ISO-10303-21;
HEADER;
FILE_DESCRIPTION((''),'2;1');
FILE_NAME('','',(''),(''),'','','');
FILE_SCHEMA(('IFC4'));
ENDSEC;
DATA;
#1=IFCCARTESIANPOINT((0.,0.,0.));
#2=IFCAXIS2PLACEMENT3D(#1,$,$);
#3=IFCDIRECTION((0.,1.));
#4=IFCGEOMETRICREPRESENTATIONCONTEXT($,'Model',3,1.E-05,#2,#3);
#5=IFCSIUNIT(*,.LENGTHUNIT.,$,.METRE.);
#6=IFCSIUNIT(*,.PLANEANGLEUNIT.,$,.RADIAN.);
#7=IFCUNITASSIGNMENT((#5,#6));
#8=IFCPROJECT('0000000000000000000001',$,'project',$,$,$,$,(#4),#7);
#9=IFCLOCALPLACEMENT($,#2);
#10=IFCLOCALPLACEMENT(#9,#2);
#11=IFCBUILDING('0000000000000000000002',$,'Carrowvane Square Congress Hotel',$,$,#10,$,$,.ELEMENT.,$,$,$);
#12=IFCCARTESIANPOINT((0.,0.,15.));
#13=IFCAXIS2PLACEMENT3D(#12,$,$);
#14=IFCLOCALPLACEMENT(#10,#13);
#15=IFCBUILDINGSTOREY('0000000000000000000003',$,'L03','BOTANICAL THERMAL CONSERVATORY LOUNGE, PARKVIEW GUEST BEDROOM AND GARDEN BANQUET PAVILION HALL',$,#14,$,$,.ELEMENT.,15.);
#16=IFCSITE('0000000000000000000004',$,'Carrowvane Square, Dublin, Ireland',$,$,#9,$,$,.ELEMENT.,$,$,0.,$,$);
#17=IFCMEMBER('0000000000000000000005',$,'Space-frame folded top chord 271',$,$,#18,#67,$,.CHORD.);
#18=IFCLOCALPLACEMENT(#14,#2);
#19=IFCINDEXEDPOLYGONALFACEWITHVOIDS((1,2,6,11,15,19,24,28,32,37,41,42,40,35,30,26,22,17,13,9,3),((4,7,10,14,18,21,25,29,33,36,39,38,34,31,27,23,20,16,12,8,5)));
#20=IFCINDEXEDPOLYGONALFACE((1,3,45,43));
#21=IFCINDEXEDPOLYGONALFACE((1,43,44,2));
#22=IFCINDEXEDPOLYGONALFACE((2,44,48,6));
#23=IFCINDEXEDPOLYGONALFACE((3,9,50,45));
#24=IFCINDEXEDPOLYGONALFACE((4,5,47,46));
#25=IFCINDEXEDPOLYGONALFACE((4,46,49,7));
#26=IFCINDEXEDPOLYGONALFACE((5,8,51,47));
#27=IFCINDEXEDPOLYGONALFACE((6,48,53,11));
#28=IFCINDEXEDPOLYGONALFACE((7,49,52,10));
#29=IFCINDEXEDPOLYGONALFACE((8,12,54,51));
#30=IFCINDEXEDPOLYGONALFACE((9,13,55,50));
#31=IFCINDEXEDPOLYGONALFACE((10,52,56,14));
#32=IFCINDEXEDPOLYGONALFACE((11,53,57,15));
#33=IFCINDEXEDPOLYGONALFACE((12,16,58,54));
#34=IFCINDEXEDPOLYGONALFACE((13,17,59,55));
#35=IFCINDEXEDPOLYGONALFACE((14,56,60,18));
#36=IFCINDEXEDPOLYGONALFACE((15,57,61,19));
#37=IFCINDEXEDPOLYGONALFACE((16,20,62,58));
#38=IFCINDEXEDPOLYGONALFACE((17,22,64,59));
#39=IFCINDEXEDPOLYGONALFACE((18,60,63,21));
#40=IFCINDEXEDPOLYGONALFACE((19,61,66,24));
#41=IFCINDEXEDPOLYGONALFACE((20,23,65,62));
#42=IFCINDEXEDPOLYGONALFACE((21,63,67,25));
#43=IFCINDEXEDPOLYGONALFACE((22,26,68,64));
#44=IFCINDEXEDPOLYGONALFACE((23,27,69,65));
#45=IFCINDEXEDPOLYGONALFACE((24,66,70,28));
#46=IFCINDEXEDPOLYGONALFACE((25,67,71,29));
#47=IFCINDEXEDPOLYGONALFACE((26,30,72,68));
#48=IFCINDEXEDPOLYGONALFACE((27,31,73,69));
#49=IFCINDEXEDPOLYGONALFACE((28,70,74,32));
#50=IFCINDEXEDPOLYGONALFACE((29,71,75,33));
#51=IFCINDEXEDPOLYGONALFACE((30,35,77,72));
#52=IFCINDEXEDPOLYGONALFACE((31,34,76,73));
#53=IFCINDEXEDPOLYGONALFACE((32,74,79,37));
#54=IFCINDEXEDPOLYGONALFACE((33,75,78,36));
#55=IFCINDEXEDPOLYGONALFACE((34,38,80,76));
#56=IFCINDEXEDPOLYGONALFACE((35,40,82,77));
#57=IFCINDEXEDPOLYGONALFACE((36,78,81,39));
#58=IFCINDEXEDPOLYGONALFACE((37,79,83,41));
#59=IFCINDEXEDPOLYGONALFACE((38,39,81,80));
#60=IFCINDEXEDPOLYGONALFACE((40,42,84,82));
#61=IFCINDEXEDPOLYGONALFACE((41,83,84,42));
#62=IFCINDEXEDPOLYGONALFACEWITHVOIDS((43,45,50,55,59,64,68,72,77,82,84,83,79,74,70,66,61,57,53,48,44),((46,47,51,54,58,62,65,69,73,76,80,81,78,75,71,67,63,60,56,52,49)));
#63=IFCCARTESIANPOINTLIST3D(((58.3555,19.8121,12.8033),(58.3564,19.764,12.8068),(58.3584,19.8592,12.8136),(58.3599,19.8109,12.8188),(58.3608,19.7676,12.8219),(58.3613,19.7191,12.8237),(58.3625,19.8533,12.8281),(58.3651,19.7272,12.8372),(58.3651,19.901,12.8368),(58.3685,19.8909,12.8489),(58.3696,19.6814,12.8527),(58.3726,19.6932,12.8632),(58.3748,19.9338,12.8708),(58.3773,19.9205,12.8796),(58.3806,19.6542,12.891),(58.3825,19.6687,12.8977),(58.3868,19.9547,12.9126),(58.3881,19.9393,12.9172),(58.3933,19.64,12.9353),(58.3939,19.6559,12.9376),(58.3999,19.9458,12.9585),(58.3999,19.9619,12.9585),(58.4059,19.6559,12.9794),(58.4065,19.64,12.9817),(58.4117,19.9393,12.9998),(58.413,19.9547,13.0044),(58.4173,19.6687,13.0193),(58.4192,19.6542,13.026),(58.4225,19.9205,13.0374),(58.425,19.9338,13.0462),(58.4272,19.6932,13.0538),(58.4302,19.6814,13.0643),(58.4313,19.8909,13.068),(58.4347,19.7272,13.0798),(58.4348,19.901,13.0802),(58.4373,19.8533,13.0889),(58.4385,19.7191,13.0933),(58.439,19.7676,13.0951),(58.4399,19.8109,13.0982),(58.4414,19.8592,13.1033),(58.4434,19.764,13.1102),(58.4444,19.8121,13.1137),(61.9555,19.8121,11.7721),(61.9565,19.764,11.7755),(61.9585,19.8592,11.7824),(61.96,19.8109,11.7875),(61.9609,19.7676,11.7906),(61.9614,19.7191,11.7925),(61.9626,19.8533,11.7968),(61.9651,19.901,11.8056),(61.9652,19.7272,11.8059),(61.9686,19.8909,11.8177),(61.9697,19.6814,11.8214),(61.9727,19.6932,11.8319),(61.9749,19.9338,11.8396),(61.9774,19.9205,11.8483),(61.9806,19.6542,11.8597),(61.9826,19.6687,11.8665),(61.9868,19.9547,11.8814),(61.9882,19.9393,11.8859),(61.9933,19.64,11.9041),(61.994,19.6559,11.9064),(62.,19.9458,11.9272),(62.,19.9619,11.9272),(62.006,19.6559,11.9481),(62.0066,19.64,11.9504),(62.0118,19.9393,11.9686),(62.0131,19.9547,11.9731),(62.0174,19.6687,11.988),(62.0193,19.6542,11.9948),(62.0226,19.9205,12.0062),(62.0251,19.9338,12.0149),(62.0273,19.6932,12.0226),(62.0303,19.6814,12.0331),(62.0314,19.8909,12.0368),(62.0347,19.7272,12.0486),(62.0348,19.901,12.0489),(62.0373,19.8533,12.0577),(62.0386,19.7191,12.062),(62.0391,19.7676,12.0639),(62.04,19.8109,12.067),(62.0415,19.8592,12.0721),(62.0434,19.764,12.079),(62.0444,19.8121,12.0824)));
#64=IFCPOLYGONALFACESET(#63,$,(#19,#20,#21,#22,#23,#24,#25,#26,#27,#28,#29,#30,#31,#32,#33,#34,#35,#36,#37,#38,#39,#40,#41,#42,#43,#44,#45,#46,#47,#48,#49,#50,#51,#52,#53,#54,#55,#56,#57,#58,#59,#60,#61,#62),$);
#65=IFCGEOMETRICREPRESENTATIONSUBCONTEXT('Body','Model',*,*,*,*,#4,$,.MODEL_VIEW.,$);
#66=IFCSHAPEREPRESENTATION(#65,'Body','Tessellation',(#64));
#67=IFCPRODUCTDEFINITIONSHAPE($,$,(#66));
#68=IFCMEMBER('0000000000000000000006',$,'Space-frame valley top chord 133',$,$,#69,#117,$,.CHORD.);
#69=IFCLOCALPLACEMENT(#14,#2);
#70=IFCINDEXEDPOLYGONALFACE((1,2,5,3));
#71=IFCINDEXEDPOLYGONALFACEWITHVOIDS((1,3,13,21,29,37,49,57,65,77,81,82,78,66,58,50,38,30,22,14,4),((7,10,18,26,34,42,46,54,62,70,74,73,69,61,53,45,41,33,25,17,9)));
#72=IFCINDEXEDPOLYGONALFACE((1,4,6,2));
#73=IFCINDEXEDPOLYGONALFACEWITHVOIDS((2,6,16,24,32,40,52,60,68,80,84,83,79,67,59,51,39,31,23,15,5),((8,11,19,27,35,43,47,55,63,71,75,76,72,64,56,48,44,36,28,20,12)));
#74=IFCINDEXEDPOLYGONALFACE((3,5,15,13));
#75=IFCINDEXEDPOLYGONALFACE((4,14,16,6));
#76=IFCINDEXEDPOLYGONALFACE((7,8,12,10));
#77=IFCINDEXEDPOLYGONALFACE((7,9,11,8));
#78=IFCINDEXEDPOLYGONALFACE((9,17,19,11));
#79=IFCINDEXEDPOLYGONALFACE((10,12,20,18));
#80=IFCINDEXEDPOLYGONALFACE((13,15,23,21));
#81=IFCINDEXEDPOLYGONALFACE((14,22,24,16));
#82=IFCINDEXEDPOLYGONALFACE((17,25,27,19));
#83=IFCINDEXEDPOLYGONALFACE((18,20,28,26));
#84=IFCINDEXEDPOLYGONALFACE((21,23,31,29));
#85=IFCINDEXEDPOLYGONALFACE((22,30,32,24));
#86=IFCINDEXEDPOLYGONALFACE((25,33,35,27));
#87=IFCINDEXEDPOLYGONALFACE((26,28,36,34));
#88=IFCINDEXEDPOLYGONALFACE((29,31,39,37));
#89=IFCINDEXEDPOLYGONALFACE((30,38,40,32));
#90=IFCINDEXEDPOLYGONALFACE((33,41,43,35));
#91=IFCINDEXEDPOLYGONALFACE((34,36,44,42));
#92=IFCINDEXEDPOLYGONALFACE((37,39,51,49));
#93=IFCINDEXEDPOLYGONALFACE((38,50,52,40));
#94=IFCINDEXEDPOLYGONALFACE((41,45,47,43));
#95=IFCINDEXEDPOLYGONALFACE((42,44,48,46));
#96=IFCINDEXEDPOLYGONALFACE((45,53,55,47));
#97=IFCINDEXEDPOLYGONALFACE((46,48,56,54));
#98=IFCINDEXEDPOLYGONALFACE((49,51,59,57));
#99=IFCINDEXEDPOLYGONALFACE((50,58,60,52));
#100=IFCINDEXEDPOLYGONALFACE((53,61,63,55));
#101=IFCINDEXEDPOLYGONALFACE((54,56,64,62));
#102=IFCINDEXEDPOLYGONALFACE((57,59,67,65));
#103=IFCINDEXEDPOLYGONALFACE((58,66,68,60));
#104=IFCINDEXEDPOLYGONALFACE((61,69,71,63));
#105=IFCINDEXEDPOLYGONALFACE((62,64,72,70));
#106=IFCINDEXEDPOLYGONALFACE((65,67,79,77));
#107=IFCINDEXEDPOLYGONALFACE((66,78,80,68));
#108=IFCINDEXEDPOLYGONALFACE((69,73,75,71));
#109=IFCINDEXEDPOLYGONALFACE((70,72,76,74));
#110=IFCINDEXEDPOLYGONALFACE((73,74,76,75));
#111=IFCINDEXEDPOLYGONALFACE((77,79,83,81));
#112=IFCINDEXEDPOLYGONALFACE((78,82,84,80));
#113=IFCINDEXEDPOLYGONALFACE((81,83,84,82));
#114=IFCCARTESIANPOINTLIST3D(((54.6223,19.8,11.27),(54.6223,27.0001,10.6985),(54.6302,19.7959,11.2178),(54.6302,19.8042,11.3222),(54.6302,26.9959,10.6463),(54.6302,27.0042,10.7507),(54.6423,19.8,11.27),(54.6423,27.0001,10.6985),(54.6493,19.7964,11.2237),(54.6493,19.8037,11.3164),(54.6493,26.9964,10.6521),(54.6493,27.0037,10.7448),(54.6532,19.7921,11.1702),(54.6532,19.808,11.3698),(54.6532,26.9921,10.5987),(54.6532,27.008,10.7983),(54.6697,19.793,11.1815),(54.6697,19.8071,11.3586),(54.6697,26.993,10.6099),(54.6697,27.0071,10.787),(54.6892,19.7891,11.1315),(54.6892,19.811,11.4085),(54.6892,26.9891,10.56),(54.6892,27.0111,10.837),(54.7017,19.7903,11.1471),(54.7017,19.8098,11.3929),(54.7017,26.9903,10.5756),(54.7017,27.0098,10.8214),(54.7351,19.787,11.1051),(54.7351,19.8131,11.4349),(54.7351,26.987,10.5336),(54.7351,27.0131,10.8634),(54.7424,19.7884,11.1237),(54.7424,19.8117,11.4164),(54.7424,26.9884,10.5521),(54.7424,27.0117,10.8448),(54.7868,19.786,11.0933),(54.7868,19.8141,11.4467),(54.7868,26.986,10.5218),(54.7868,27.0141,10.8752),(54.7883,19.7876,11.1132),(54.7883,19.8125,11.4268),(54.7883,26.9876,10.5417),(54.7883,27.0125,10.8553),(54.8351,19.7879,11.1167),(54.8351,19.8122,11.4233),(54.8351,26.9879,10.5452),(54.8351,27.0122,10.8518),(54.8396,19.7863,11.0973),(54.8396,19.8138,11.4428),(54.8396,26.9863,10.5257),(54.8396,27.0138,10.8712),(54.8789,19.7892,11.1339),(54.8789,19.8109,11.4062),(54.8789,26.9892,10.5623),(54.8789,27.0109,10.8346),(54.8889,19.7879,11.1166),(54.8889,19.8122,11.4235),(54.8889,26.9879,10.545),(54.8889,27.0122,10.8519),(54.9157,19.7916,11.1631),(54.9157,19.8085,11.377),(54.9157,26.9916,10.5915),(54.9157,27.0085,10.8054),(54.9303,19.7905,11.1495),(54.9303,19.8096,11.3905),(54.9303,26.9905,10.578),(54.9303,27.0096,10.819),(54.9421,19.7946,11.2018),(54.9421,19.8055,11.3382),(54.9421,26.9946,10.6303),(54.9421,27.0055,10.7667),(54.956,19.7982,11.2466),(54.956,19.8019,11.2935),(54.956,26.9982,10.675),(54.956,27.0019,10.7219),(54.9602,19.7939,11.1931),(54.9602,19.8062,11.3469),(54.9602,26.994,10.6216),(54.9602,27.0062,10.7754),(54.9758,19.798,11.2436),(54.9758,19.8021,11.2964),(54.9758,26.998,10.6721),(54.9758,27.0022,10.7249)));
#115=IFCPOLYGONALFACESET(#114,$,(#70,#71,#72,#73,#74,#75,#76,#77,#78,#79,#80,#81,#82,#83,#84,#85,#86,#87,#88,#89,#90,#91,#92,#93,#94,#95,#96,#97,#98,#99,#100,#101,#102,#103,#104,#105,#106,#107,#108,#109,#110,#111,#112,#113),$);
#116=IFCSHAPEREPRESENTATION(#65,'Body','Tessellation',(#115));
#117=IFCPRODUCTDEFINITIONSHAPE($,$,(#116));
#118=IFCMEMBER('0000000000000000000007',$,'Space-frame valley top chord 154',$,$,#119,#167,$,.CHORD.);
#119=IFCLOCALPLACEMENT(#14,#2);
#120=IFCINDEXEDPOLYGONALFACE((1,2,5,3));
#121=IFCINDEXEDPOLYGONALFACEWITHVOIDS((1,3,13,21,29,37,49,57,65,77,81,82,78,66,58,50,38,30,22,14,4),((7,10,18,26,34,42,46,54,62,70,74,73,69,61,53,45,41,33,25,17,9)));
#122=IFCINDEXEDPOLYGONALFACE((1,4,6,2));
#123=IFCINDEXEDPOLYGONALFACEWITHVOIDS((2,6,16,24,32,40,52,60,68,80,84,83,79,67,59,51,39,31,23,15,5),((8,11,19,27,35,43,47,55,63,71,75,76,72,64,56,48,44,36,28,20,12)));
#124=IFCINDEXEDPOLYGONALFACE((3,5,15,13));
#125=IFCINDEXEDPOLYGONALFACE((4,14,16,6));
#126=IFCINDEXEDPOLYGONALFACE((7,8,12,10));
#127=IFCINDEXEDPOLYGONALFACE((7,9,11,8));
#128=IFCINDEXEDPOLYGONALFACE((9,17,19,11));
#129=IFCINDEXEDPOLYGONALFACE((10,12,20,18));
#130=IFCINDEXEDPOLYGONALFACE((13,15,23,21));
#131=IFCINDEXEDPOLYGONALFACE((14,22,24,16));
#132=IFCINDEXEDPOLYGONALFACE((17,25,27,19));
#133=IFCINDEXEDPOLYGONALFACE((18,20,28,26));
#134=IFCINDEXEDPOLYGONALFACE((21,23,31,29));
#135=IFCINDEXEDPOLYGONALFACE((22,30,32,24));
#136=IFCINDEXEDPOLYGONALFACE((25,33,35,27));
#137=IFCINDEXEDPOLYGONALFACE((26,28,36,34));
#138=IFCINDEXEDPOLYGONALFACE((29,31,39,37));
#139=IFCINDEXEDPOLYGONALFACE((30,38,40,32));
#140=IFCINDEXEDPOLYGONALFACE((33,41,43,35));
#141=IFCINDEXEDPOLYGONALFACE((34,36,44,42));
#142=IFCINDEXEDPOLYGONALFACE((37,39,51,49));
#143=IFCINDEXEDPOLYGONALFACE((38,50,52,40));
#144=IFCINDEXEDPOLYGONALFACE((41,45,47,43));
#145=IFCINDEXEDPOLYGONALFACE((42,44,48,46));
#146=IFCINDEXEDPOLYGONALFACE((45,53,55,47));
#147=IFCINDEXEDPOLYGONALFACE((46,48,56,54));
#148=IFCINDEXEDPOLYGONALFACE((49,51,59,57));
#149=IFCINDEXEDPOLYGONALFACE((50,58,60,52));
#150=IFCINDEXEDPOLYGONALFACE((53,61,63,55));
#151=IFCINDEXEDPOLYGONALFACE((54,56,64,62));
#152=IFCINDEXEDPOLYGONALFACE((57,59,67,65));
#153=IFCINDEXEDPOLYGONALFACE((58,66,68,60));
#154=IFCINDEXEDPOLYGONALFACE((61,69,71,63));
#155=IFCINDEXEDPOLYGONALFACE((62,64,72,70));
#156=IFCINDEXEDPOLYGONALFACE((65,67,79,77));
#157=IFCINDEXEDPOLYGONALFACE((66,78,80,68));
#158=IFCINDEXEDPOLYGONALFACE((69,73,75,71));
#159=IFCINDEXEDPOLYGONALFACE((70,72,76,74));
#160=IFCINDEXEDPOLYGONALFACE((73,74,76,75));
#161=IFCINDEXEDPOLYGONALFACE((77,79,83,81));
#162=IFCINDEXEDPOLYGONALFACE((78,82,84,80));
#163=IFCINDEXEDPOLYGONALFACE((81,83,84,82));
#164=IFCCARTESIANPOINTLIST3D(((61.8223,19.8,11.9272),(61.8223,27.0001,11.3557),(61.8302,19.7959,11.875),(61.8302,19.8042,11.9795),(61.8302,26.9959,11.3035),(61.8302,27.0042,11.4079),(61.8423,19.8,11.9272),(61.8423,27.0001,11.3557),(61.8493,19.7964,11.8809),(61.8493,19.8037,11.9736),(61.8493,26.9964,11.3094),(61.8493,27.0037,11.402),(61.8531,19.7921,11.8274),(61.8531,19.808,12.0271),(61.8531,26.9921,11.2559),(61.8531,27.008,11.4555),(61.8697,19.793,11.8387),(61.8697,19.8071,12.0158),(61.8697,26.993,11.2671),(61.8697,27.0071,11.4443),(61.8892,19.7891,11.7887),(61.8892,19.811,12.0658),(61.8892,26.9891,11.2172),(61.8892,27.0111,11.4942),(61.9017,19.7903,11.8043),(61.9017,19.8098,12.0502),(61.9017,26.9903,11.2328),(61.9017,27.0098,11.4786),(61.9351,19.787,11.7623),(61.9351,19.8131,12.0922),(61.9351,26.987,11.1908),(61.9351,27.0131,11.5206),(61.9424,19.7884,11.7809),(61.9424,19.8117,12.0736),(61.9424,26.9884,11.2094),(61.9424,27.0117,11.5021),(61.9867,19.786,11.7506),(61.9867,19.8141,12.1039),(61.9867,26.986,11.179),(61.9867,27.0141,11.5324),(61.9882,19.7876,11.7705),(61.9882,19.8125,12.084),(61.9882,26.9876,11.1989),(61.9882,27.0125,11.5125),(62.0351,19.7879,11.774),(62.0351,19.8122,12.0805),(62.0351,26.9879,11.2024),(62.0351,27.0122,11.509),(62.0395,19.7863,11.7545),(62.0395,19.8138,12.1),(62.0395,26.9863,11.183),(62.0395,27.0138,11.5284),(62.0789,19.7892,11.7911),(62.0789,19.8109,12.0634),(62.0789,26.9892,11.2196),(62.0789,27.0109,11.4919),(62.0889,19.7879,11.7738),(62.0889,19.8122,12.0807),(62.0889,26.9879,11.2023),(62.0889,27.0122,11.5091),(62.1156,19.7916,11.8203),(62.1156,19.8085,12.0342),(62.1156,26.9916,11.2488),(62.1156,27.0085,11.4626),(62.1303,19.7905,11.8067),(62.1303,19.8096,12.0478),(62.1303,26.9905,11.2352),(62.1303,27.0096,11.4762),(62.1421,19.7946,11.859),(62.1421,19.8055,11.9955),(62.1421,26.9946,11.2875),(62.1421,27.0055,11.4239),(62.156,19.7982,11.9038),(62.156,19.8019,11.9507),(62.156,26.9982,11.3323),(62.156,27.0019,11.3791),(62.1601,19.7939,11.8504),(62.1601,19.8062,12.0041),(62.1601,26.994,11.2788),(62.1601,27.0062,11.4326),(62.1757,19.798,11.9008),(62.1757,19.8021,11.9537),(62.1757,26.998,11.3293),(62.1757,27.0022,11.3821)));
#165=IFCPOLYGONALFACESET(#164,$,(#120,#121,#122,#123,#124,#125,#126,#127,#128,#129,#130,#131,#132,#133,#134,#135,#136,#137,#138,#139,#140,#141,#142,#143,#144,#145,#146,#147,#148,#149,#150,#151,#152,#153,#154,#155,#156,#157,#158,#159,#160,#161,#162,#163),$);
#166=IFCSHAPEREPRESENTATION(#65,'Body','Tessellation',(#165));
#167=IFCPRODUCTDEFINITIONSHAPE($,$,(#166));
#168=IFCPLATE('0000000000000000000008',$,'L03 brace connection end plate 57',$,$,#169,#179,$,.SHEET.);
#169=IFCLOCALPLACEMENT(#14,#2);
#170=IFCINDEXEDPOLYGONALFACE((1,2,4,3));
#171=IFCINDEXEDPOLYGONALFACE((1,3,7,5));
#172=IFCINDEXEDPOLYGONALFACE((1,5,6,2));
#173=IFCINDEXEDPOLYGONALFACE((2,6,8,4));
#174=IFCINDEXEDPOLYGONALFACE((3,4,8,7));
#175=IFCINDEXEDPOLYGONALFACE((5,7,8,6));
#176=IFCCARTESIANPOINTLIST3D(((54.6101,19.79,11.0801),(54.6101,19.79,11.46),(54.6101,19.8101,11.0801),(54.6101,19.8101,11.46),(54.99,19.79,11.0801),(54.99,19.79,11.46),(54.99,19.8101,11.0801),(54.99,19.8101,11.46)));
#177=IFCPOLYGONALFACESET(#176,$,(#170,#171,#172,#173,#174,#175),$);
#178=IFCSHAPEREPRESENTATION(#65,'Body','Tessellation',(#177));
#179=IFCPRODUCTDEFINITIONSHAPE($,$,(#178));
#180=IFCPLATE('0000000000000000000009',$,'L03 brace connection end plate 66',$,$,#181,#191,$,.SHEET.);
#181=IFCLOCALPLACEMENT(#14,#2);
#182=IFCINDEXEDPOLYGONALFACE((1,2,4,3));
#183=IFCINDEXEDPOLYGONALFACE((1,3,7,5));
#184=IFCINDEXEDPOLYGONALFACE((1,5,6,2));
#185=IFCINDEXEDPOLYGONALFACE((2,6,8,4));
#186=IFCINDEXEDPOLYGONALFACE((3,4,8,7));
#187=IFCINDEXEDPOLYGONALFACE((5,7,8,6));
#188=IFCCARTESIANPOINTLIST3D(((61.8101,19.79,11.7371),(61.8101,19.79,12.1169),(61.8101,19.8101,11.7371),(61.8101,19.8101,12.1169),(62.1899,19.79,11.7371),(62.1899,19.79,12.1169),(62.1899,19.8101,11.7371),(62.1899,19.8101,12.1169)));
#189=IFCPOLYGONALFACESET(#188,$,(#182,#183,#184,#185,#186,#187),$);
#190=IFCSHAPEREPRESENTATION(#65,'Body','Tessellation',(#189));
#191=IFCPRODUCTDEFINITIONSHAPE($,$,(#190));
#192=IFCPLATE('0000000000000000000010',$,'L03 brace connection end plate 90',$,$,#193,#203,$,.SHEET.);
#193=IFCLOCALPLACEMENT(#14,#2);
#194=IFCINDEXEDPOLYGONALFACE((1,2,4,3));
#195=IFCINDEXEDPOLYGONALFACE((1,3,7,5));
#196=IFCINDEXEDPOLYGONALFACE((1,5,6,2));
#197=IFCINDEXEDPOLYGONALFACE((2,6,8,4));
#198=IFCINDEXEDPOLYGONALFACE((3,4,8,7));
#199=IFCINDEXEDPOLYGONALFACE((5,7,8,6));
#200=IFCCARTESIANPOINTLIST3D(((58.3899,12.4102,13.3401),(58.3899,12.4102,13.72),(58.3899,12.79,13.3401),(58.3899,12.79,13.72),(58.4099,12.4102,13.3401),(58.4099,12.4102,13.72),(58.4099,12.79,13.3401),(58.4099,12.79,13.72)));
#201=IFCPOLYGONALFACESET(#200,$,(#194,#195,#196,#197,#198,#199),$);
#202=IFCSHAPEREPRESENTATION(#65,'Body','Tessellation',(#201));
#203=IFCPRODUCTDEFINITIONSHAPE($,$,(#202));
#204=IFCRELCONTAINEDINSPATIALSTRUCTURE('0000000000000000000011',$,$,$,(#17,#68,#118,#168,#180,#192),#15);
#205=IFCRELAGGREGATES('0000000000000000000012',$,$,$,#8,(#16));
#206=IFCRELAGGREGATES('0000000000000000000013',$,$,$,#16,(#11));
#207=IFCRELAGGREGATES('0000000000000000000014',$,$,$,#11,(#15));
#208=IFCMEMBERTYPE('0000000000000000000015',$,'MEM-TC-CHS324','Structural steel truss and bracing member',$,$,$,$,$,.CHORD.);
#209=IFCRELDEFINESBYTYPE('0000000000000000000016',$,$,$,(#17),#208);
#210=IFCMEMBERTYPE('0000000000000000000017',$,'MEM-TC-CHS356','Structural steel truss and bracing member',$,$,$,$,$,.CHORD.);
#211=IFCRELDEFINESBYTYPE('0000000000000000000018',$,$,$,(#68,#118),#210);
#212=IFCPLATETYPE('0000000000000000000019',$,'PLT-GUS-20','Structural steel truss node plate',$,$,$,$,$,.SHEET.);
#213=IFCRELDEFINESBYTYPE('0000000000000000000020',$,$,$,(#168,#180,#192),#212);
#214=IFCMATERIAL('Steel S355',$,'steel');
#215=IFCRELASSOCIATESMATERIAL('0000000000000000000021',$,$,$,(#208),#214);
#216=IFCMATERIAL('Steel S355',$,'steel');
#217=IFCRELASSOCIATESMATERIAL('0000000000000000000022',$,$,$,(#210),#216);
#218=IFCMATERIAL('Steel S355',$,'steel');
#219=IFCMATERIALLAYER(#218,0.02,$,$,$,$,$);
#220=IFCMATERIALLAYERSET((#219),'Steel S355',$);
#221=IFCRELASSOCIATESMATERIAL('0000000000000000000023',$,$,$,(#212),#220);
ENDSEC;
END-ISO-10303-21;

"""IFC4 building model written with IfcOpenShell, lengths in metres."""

from ifc_helpers import new_model, si_unit, direction, frame, origin, origin_2d, place, context, subcontext, project, spatial, rectangle, hollow_circle, extrude, material, layer, layer_set, material_profile, profile_set, type_object, element, save


model = new_model("IFC4")

# Units and contexts
model_context = context("Model", 3, precision=1e-05, world=origin(), true_north=direction((0.0, 1.0)))
body_context = subcontext(model_context, "Body", "Model", "MODEL_VIEW")
ifc_project = project(units=[si_unit("LENGTHUNIT", "METRE"), si_unit("PLANEANGLEUNIT", "RADIAN")], contexts=[model_context])

# Site, building, storey
site_placement = place(None, origin())
site = spatial("IfcSite", under=ifc_project, at=site_placement, Name="Carrowvane Square, Dublin, Ireland", CompositionType="ELEMENT", RefElevation=0.0)
building_placement = place(site_placement, origin())
building = spatial("IfcBuilding", under=site, at=building_placement, Name="Carrowvane Square Congress Hotel", CompositionType="ELEMENT")
storey_placement = place(building_placement, frame((0.0, 0.0, 15.0)))
storey = spatial("IfcBuildingStorey", under=building, at=storey_placement, Name="L03", Description="BOTANICAL THERMAL CONSERVATORY LOUNGE, PARKVIEW GUEST BEDROOM AND GARDEN BANQUET PAVILION HALL", CompositionType="ELEMENT", Elevation=15.0)

# Members
ifc_material_1 = material(Name="Steel S355", Category="steel")
ifc_material_profile_1 = material_profile(ifc_material_1, hollow_circle(Radius=0.1619, WallThickness=0.0161, at=origin_2d()), Name="CHS 323.9x16")
ifc_profile_set_1 = profile_set([ifc_material_profile_1], Name="Steel S355")
member_type_1 = type_object("IfcMemberType", Name="MEM-TC-CHS324", Description="Structural steel truss and bracing member", PredefinedType="CHORD", material=ifc_profile_set_1)
member_1_placement = place(storey_placement, frame((58.3999, 19.8, 12.9585), z_axis=(0.961337, 0.0, -0.275375), x_axis=(0.0, 1.0, 0.0)))
element("IfcMember", 1, at=member_1_placement, inside=storey, type_object=member_type_1, Name="Space-frame folded top chord 271", PredefinedType="CHORD", context=body_context, shape_type="SweptSolid", body=[
    extrude(hollow_circle(Radius=0.1619, WallThickness=0.0161, at=origin_2d()), origin(), (0.0, 0.0, 1.0), 3.7449),
])
ifc_material_2 = material(Name="Steel S355", Category="steel")
ifc_material_profile_2 = material_profile(ifc_material_2, hollow_circle(Radius=0.1777, WallThickness=0.02, at=origin_2d()), Name="CHS 355.6x20")
ifc_profile_set_2 = profile_set([ifc_material_profile_2], Name="Steel S355")
member_type_2 = type_object("IfcMemberType", Name="MEM-TC-CHS356", Description="Structural steel truss and bracing member", PredefinedType="CHORD", material=ifc_profile_set_2)
for number, where, z_axis, x_axis, name in (
    (2, (54.8, 19.8, 11.27), (0.0, 0.996864, -0.079131), (-1.0, 0.0, 0.0), "Space-frame valley top chord 133"),
    (3, (62.0, 19.8, 11.9272), (0.0, 0.996864, -0.079131), (-1.0, 0.0, 0.0), "Space-frame valley top chord 154"),
):
    element("IfcMember", number, at=place(storey_placement, frame(where, z_axis=z_axis, x_axis=x_axis)), inside=storey, type_object=member_type_2, Name=name, PredefinedType="CHORD", context=body_context, shape_type="SweptSolid", body=[
        extrude(hollow_circle(Radius=0.1777, WallThickness=0.02, at=origin_2d()), origin(), (0.0, 0.0, 1.0), 7.2227),
    ])

# Plates
ifc_material_3 = material(Name="Steel S355", Category="steel")
ifc_layer_1 = layer(ifc_material_3, 0.02)
ifc_layer_set_1 = layer_set([ifc_layer_1], Name="Steel S355")
plate_type_1 = type_object("IfcPlateType", Name="PLT-GUS-20", Description="Structural steel truss node plate", PredefinedType="SHEET", material=ifc_layer_set_1)
for number, where, z_axis, x_axis, name in (
    (4, (54.8, 19.8, 11.0801), (0.0, 0.0, 1.0), (1.0, 0.0, 0.0), "L03 brace connection end plate 57"),
    (5, (62.0, 19.8, 11.7371), (0.0, 0.0, 1.0), (1.0, 0.0, 0.0), "L03 brace connection end plate 66"),
):
    element("IfcPlate", number, at=place(storey_placement, frame(where, z_axis=z_axis, x_axis=x_axis)), inside=storey, type_object=plate_type_1, Name=name, PredefinedType="SHEET", context=body_context, shape_type="SweptSolid", body=[
        extrude(rectangle(XDim=0.3799, YDim=0.02, at=origin_2d()), origin(), (0.0, 0.0, 1.0), 0.3799),
    ])
for number, where, z_axis, x_axis, name in (
    (6, (58.3999, 12.6001, 13.3401), (0.0, 0.0, 1.0), (1.0, 0.0, 0.0), "L03 brace connection end plate 90"),
):
    element("IfcPlate", number, at=place(storey_placement, frame(where, z_axis=z_axis, x_axis=x_axis)), inside=storey, type_object=plate_type_1, Name=name, PredefinedType="SHEET", context=body_context, shape_type="SweptSolid", body=[
        extrude(rectangle(XDim=0.02, YDim=0.3799, at=origin_2d()), origin(), (0.0, 0.0, 1.0), 0.3799),
    ])

save(model, "model.ifc")
